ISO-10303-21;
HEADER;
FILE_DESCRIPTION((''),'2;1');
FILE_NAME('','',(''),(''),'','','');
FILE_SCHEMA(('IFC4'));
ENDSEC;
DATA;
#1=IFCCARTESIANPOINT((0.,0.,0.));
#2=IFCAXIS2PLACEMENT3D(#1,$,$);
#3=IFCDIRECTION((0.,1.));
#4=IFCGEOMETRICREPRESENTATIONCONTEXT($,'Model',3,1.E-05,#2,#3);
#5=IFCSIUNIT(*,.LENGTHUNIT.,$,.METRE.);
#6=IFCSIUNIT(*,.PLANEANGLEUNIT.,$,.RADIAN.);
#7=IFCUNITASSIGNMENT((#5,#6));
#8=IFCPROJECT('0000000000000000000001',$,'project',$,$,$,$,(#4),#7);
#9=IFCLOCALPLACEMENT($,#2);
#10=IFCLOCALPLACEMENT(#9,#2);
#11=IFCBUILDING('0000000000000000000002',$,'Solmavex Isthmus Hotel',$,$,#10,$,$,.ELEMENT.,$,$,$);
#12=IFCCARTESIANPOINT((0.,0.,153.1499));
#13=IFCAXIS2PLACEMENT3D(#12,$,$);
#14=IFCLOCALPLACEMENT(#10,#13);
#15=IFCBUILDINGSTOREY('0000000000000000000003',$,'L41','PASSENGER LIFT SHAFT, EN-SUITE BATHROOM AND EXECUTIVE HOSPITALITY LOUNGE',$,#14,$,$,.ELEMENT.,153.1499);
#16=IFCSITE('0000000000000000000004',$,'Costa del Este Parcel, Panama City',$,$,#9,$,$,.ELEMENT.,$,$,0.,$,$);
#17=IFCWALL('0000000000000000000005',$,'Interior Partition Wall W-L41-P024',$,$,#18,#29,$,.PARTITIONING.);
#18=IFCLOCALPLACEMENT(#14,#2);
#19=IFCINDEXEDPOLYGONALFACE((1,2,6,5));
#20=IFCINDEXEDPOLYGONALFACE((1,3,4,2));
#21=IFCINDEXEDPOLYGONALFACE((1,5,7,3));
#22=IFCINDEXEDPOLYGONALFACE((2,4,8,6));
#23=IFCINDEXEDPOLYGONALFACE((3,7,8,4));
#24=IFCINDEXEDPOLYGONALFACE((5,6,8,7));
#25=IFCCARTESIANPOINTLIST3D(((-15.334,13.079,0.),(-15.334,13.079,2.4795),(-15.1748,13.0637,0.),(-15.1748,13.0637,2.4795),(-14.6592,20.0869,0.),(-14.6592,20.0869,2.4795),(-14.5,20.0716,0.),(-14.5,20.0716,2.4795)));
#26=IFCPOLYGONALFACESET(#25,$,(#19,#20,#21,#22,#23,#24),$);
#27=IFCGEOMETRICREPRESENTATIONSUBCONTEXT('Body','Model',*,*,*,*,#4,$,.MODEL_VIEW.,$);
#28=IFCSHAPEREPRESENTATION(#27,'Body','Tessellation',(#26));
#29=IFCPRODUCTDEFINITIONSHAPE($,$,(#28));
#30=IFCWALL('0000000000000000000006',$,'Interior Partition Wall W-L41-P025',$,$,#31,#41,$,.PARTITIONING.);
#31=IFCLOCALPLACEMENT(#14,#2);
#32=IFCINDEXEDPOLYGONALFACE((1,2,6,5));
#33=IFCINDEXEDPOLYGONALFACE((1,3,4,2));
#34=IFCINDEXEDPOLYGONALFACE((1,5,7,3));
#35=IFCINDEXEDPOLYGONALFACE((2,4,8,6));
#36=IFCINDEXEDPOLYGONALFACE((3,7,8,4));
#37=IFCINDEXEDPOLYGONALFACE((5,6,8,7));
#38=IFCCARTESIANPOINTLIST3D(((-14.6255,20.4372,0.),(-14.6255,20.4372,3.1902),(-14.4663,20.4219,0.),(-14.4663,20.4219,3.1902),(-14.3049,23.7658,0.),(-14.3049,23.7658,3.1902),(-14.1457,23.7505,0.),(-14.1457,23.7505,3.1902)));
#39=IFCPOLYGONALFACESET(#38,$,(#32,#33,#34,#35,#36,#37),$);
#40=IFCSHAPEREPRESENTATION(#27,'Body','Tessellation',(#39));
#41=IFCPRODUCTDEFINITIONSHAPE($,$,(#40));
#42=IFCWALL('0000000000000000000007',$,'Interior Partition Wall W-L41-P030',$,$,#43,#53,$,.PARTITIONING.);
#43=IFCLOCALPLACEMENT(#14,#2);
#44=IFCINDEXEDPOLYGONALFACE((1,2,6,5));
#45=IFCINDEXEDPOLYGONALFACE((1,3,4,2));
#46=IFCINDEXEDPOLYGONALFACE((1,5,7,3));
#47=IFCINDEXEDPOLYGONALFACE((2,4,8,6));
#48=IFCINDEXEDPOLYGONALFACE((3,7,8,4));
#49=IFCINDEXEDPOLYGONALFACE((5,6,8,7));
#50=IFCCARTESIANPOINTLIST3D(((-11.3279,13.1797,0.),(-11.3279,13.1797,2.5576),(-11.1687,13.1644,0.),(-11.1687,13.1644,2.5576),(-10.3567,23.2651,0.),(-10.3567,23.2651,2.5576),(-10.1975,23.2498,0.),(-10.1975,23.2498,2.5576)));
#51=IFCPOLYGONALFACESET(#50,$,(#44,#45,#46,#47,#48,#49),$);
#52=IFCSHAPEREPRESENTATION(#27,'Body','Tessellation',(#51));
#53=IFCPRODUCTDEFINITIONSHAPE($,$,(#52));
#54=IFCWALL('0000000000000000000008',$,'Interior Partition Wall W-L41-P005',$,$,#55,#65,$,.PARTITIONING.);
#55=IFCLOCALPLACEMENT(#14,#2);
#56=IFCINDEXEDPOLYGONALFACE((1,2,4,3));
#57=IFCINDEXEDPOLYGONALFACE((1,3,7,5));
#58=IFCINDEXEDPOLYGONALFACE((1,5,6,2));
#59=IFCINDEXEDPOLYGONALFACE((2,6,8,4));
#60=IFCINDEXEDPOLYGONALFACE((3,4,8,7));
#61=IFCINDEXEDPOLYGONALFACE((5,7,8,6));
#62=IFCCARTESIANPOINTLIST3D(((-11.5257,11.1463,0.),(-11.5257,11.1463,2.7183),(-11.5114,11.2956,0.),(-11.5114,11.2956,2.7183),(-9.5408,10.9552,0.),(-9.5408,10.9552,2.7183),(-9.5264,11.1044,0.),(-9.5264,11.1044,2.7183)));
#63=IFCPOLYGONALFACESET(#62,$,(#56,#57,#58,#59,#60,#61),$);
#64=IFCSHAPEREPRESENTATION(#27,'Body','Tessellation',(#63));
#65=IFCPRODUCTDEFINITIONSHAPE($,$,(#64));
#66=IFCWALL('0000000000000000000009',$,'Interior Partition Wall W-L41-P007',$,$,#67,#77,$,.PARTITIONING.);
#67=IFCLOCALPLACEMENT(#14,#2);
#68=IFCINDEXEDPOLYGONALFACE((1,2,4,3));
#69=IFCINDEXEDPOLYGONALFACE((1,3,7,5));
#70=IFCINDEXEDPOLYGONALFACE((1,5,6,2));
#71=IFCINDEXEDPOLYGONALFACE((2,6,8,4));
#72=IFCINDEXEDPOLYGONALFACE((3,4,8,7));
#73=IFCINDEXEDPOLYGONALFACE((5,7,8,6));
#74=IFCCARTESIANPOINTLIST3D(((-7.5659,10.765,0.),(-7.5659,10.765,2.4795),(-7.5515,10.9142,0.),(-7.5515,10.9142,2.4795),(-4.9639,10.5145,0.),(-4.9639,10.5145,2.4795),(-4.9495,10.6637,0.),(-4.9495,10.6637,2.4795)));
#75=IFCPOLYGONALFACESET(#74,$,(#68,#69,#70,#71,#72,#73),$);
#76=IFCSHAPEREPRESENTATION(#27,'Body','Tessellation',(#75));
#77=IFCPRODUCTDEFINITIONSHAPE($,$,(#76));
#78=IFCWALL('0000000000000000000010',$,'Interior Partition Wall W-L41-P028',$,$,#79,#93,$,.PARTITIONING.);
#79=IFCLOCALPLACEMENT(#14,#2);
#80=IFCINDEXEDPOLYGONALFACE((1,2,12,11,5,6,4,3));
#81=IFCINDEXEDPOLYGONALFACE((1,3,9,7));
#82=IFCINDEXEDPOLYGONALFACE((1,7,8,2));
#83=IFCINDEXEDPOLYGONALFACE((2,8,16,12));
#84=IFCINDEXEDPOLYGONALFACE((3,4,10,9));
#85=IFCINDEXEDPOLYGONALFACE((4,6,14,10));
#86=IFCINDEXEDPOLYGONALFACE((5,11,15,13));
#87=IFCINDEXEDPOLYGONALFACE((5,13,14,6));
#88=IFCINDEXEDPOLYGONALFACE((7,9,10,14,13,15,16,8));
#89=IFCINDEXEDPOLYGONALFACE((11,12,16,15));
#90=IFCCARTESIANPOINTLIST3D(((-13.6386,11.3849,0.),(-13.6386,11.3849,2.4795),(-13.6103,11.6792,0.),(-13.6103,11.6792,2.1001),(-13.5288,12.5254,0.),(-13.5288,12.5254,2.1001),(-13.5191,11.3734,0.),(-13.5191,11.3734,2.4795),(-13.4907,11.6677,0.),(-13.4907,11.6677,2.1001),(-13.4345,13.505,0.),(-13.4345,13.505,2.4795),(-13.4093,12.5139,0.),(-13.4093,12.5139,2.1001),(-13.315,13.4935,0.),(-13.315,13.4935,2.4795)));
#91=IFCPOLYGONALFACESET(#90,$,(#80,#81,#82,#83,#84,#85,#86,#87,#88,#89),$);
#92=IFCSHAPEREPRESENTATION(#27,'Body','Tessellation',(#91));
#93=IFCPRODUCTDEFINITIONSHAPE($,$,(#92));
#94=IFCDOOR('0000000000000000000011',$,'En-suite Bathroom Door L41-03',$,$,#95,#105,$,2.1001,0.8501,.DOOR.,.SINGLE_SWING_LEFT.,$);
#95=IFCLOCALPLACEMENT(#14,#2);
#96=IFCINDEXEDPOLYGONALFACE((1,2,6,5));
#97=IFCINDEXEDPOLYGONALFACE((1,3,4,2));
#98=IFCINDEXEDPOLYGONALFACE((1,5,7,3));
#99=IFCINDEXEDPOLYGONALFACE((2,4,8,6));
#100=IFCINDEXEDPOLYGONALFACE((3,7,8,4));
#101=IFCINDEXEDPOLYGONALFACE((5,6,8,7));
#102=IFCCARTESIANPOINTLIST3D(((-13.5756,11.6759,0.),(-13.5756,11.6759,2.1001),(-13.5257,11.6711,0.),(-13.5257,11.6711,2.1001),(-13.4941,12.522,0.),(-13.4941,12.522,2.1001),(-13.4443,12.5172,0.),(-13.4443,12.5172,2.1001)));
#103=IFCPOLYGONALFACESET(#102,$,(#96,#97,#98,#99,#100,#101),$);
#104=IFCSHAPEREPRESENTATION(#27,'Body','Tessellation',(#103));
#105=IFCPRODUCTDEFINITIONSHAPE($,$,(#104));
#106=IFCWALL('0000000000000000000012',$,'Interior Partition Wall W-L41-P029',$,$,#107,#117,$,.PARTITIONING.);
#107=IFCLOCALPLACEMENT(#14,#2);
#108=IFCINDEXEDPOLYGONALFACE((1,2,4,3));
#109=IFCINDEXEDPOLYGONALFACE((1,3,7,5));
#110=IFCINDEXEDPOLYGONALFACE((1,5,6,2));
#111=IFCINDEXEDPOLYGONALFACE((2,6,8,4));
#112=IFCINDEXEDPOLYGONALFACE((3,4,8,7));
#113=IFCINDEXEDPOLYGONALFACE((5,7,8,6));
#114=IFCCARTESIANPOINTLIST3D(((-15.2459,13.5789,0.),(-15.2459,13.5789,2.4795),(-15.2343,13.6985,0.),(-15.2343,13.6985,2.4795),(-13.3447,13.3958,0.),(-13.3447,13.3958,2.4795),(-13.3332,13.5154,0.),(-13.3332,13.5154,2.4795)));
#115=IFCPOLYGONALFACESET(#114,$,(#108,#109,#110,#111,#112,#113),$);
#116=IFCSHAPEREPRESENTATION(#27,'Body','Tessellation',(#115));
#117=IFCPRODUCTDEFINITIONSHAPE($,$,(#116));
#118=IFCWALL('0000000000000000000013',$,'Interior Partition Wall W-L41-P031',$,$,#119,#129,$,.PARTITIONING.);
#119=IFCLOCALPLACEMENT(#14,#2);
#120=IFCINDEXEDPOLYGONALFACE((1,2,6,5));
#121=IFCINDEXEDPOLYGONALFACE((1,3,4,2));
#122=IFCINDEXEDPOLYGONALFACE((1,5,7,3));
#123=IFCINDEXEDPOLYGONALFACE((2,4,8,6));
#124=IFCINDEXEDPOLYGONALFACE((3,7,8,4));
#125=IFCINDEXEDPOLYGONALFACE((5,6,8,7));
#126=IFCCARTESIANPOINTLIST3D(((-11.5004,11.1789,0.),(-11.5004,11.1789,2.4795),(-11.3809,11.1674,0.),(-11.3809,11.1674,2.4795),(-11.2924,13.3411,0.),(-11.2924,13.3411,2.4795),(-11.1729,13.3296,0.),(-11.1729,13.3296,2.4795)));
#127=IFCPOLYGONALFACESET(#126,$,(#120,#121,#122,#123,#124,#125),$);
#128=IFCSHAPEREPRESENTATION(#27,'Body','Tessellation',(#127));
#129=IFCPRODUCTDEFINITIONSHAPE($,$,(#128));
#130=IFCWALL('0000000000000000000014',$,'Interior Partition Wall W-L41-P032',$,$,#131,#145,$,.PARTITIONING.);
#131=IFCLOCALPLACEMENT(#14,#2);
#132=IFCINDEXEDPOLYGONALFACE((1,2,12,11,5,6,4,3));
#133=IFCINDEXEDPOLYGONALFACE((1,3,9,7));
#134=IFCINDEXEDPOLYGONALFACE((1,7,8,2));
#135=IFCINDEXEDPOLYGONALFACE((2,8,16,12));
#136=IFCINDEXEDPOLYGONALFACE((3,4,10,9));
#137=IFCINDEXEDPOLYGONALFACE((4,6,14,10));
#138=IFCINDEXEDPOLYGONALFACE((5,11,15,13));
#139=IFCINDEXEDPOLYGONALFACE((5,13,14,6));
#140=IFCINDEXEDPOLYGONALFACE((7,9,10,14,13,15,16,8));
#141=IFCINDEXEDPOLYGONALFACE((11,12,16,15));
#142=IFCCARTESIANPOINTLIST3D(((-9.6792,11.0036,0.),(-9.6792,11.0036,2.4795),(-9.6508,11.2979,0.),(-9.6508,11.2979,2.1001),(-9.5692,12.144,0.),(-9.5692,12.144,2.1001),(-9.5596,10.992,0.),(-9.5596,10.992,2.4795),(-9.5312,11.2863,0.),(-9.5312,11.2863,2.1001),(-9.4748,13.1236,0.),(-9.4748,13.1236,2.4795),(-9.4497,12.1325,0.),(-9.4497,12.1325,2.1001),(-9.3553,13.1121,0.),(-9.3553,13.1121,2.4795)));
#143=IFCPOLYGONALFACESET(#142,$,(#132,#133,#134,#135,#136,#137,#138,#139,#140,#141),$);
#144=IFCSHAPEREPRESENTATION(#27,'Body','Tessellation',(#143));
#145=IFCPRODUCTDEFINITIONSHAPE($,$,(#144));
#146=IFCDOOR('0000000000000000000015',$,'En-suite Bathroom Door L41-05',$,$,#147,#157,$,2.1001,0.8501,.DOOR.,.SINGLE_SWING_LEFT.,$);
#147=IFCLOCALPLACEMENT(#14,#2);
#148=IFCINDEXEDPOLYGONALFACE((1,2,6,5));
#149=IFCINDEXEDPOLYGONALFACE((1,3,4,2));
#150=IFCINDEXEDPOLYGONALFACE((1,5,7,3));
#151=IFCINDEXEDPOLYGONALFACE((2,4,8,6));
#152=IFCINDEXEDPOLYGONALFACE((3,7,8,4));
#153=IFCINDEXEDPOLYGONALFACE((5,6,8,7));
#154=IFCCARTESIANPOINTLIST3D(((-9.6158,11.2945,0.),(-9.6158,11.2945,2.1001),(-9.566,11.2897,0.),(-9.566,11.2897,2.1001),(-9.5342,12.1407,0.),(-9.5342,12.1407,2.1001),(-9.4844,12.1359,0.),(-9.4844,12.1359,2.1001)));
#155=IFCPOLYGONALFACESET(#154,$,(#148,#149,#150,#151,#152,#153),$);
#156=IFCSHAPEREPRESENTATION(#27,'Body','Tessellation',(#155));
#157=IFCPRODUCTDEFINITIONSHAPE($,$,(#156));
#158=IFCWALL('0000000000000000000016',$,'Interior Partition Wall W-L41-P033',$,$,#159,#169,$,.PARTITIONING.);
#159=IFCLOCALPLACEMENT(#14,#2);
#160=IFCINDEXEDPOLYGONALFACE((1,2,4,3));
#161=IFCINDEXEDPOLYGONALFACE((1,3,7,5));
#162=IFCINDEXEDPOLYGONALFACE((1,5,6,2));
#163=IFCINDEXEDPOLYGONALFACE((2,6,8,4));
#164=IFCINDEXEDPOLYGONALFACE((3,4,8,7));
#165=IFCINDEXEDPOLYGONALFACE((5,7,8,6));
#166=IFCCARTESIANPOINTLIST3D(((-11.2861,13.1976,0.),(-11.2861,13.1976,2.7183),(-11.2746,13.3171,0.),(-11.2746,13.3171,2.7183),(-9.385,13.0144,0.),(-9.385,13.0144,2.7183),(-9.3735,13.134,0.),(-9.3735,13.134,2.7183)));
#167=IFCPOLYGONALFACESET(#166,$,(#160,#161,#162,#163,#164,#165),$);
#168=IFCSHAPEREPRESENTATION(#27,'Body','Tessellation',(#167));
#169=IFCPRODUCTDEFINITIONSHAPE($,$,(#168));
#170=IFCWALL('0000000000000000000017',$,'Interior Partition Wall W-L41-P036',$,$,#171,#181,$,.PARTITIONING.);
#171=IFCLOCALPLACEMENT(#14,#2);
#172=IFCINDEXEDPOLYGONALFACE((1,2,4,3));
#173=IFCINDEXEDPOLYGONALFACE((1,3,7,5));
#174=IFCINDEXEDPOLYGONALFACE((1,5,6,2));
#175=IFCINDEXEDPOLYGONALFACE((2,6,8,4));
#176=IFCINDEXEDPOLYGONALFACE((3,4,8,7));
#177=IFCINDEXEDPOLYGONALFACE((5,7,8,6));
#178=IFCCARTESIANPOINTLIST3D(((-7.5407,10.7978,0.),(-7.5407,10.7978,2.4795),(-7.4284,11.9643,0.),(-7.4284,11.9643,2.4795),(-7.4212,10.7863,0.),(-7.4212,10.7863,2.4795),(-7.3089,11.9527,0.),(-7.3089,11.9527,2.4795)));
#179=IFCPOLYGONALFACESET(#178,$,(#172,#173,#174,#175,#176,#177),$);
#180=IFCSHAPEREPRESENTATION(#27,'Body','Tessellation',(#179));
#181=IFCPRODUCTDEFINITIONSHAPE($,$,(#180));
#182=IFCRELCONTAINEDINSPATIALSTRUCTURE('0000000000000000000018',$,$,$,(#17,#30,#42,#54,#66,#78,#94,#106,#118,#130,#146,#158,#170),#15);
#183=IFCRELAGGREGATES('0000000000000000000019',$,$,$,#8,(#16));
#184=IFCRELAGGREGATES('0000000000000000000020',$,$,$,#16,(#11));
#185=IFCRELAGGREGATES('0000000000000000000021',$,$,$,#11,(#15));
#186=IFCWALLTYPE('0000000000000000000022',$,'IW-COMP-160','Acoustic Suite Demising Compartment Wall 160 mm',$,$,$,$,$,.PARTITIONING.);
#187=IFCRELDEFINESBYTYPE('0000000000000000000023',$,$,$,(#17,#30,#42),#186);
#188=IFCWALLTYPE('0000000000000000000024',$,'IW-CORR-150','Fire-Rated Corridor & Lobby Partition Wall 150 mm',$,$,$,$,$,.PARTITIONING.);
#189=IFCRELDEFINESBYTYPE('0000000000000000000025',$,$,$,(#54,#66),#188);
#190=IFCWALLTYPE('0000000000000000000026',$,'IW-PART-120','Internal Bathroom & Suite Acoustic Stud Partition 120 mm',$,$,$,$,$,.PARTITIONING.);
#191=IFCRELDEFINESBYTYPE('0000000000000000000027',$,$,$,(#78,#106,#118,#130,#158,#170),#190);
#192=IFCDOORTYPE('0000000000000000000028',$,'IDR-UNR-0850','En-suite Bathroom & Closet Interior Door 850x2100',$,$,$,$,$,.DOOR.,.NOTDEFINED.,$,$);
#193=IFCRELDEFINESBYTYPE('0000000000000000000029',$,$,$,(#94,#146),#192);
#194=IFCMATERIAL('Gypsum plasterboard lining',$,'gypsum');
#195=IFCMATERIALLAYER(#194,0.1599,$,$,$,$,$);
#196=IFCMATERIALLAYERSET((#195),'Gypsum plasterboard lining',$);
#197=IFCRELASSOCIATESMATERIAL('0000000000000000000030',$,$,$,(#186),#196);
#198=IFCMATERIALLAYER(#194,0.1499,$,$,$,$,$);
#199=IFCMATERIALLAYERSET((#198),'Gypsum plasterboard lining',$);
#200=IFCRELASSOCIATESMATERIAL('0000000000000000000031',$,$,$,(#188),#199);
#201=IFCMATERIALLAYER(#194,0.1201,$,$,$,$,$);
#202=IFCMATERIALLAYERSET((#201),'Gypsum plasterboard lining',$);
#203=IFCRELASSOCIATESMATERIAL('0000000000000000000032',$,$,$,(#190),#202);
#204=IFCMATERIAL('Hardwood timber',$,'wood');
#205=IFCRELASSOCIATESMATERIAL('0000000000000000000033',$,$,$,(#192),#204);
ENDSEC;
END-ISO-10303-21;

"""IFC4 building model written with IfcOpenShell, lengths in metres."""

from ifc_helpers import new_model, si_unit, direction, frame, frame_2d, origin, place, context, subcontext, project, spatial, rectangle, extrude, material, layer, layer_set, type_object, element, fill, save


model = new_model("IFC4")

# Units and contexts
model_context = context("Model", 3, precision=1e-05, world=origin(), true_north=direction((0.0, 1.0)))
body_context = subcontext(model_context, "Body", "Model", "MODEL_VIEW")
ifc_project = project(units=[si_unit("LENGTHUNIT", "METRE"), si_unit("PLANEANGLEUNIT", "RADIAN")], contexts=[model_context])

# Site, building, storey
site_placement = place(None, origin())
site = spatial("IfcSite", under=ifc_project, at=site_placement, Name="Costa del Este Parcel, Panama City", CompositionType="ELEMENT", RefElevation=0.0)
building_placement = place(site_placement, origin())
building = spatial("IfcBuilding", under=site, at=building_placement, Name="Solmavex Isthmus Hotel", CompositionType="ELEMENT")
storey_placement = place(building_placement, frame((0.0, 0.0, 153.1499)))
storey = spatial("IfcBuildingStorey", under=building, at=storey_placement, Name="L41", Description="PASSENGER LIFT SHAFT, EN-SUITE BATHROOM AND EXECUTIVE HOSPITALITY LOUNGE", CompositionType="ELEMENT", Elevation=153.1499)

# Walls
ifc_material_1 = material(Name="Gypsum plasterboard lining", Category="gypsum")
ifc_layer_1 = layer(ifc_material_1, 0.1599)
ifc_layer_set_1 = layer_set([ifc_layer_1], Name="Gypsum plasterboard lining")
wall_type_1 = type_object("IfcWallType", Name="IW-COMP-160", Description="Acoustic Suite Demising Compartment Wall 160 mm", PredefinedType="PARTITIONING", material=ifc_layer_set_1)
wall_1_placement = place(storey_placement, frame((-14.5796, 20.0791, 0.0), z_axis=(0.0, 0.0, 1.0), x_axis=(-0.09585, -0.995396, 0.0)))
element("IfcWall", 1, at=wall_1_placement, inside=storey, type_object=wall_type_1, Name="Interior Partition Wall W-L41-P024", PredefinedType="PARTITIONING", context=body_context, shape_type="SweptSolid", body=[
    extrude(rectangle(XDim=7.0403, YDim=0.1599, at=frame_2d((3.52, 0.0))), origin(), (0.0, 0.0, 1.0), 2.4795),
])
wall_2_placement = place(storey_placement, frame((-14.2253, 23.7581, 0.0), z_axis=(0.0, 0.0, 1.0), x_axis=(-0.09586, -0.995395, 0.0)))
element("IfcWall", 2, at=wall_2_placement, inside=storey, type_object=wall_type_1, Name="Interior Partition Wall W-L41-P025", PredefinedType="PARTITIONING", context=body_context, shape_type="SweptSolid", body=[
    extrude(rectangle(XDim=3.344, YDim=0.1599, at=frame_2d((1.6719, 0.0))), origin(), (0.0, 0.0, 1.0), 3.1902),
])
wall_3_placement = place(storey_placement, frame((-10.2771, 23.2573, 0.0), z_axis=(0.0, 0.0, 1.0), x_axis=(-0.095853, -0.995396, 0.0)))
element("IfcWall", 3, at=wall_3_placement, inside=storey, type_object=wall_type_1, Name="Interior Partition Wall W-L41-P030", PredefinedType="PARTITIONING", context=body_context, shape_type="SweptSolid", body=[
    extrude(rectangle(XDim=10.1321, YDim=0.1599, at=frame_2d((5.0659, 0.0))), origin(), (0.0, 0.0, 1.0), 2.5576),
])

# Shared definitions
ifc_layer_2 = layer(ifc_material_1, 0.1499)
ifc_layer_set_2 = layer_set([ifc_layer_2], Name="Gypsum plasterboard lining")
wall_type_2 = type_object("IfcWallType", Name="IW-CORR-150", Description="Fire-Rated Corridor & Lobby Partition Wall 150 mm", PredefinedType="PARTITIONING", material=ifc_layer_set_2)
ifc_material_2 = material(Name="Hardwood timber", Category="wood")

# Walls
wall_4_placement = place(storey_placement, frame((-11.5186, 11.2209, 0.0), z_axis=(0.0, 0.0, 1.0), x_axis=(0.995394, -0.095866, 0.0)))
element("IfcWall", 4, at=wall_4_placement, inside=storey, type_object=wall_type_2, Name="Interior Partition Wall W-L41-P005", PredefinedType="PARTITIONING", context=body_context, shape_type="SweptSolid", body=[
    extrude(rectangle(XDim=1.9941, YDim=0.1499, at=frame_2d((0.9971, 0.0))), origin(), (0.0, 0.0, 1.0), 2.7183),
])
wall_5_placement = place(storey_placement, frame((-7.5588, 10.8396, 0.0), z_axis=(0.0, 0.0, 1.0), x_axis=(0.995398, -0.095823, 0.0)))
element("IfcWall", 5, at=wall_5_placement, inside=storey, type_object=wall_type_2, Name="Interior Partition Wall W-L41-P007", PredefinedType="PARTITIONING", context=body_context, shape_type="SweptSolid", body=[
    extrude(rectangle(XDim=2.614, YDim=0.1499, at=frame_2d((1.3071, 0.0))), origin(), (0.0, 0.0, 1.0), 2.4795),
])

# Wall, opening, door
ifc_layer_3 = layer(ifc_material_1, 0.1201)
ifc_layer_set_3 = layer_set([ifc_layer_3], Name="Gypsum plasterboard lining")
wall_type_3 = type_object("IfcWallType", Name="IW-PART-120", Description="Internal Bathroom & Suite Acoustic Stud Partition 120 mm", PredefinedType="PARTITIONING", material=ifc_layer_set_3)
wall_6_placement = place(storey_placement, frame((-13.5789, 11.3792, 0.0), z_axis=(0.0, 0.0, 1.0), x_axis=(0.095826, 0.995398, 0.0)))
wall_6 = element("IfcWall", 6, at=wall_6_placement, inside=storey, type_object=wall_type_3, Name="Interior Partition Wall W-L41-P028", PredefinedType="PARTITIONING", context=body_context, shape_type="SweptSolid", body=[
    extrude(rectangle(XDim=2.1299, YDim=0.1201, at=frame_2d((1.0649, 0.0))), origin(), (0.0, 0.0, 1.0), 2.4795),
])
opening_1_placement = place(wall_6_placement, frame((0.2957, 0.0, 0.0)))
opening_1 = element("IfcOpeningElement", 7, at=opening_1_placement, cuts=wall_6, PredefinedType="OPENING", context=body_context, shape_type="SweptSolid", body=[
    extrude(rectangle(XDim=0.8501, YDim=2.1001, at=frame_2d((0.425, 1.05))), frame((0.0, 0.0701, 0.0), z_axis=(0.0, -1.0, 0.0), x_axis=(1.0, 0.0, 0.0)), (0.0, 0.0, 1.0), 0.1401),
])
door_type_1 = type_object("IfcDoorType", Name="IDR-UNR-0850", Description="En-suite Bathroom & Closet Interior Door 850x2100", OperationType="NOTDEFINED", PredefinedType="DOOR", material=ifc_material_2)
door_1_placement = place(opening_1_placement, frame((0.8501, 0.0, 0.0), z_axis=(0.0, 0.0, 1.0), x_axis=(-1.0, 0.0, 0.0)))
door_1 = element("IfcDoor", 8, at=door_1_placement, inside=storey, type_object=door_type_1, Name="En-suite Bathroom Door L41-03", OperationType="SINGLE_SWING_LEFT", OverallHeight=2.1001, OverallWidth=0.8501, PredefinedType="DOOR", context=body_context, shape_type="SweptSolid", body=[
    extrude(rectangle(XDim=0.8501, YDim=2.1001, at=frame_2d((0.425, 1.05))), frame((0.0, 0.0249, 0.0), z_axis=(0.0, -1.0, 0.0), x_axis=(1.0, 0.0, 0.0)), (0.0, 0.0, 1.0), 0.05),
])
fill(opening_1, door_1)

# Walls
wall_7_placement = place(storey_placement, frame((-13.3389, 13.4556, 0.0), z_axis=(0.0, 0.0, 1.0), x_axis=(-0.995394, 0.095871, 0.0)))
element("IfcWall", 9, at=wall_7_placement, inside=storey, type_object=wall_type_3, Name="Interior Partition Wall W-L41-P029", PredefinedType="PARTITIONING", context=body_context, shape_type="SweptSolid", body=[
    extrude(rectangle(XDim=1.9099, YDim=0.1201, at=frame_2d((0.9551, 0.0))), origin(), (0.0, 0.0, 1.0), 2.4795),
])
wall_8_placement = place(storey_placement, frame((-11.2327, 13.3352, 0.0), z_axis=(0.0, 0.0, 1.0), x_axis=(-0.095764, -0.995404, 0.0)))
element("IfcWall", 10, at=wall_8_placement, inside=storey, type_object=wall_type_3, Name="Interior Partition Wall W-L41-P031", PredefinedType="PARTITIONING", context=body_context, shape_type="SweptSolid", body=[
    extrude(rectangle(XDim=2.1721, YDim=0.1201, at=frame_2d((1.0859, 0.0))), origin(), (0.0, 0.0, 1.0), 2.4795),
])

# Wall, opening, door
wall_9_placement = place(storey_placement, frame((-9.6194, 10.9978, 0.0), z_axis=(0.0, 0.0, 1.0), x_axis=(0.09594, 0.995387, 0.0)))
wall_9 = element("IfcWall", 11, at=wall_9_placement, inside=storey, type_object=wall_type_3, Name="Interior Partition Wall W-L41-P032", PredefinedType="PARTITIONING", context=body_context, shape_type="SweptSolid", body=[
    extrude(rectangle(XDim=2.1299, YDim=0.1201, at=frame_2d((1.0649, 0.0))), origin(), (0.0, 0.0, 1.0), 2.4795),
])
opening_2_placement = place(wall_9_placement, frame((0.2957, 0.0, 0.0)))
opening_2 = element("IfcOpeningElement", 12, at=opening_2_placement, cuts=wall_9, PredefinedType="OPENING", context=body_context, shape_type="SweptSolid", body=[
    extrude(rectangle(XDim=0.8501, YDim=2.1001, at=frame_2d((0.425, 1.05))), frame((0.0, 0.0701, 0.0), z_axis=(0.0, -1.0, 0.0), x_axis=(1.0, 0.0, 0.0)), (0.0, 0.0, 1.0), 0.1401),
])
door_2_placement = place(opening_2_placement, origin())
door_2 = element("IfcDoor", 13, at=door_2_placement, inside=storey, type_object=door_type_1, Name="En-suite Bathroom Door L41-05", OperationType="SINGLE_SWING_LEFT", OverallHeight=2.1001, OverallWidth=0.8501, PredefinedType="DOOR", context=body_context, shape_type="SweptSolid", body=[
    extrude(rectangle(XDim=0.8501, YDim=2.1001, at=frame_2d((0.425, 1.05))), frame((0.0, 0.0249, 0.0), z_axis=(0.0, -1.0, 0.0), x_axis=(1.0, 0.0, 0.0)), (0.0, 0.0, 1.0), 0.05),
])
fill(opening_2, door_2)

# Walls
wall_10_placement = place(storey_placement, frame((-9.3792, 13.0742, 0.0), z_axis=(0.0, 0.0, 1.0), x_axis=(-0.995394, 0.095871, 0.0)))
element("IfcWall", 14, at=wall_10_placement, inside=storey, type_object=wall_type_3, Name="Interior Partition Wall W-L41-P033", PredefinedType="PARTITIONING", context=body_context, shape_type="SweptSolid", body=[
    extrude(rectangle(XDim=1.9099, YDim=0.1201, at=frame_2d((0.9551, 0.0))), origin(), (0.0, 0.0, 1.0), 2.7183),
])
wall_11_placement = place(storey_placement, frame((-7.3687, 11.9585, 0.0), z_axis=(0.0, 0.0, 1.0), x_axis=(-0.095831, -0.995398, 0.0)))
element("IfcWall", 15, at=wall_11_placement, inside=storey, type_object=wall_type_3, Name="Interior Partition Wall W-L41-P036", PredefinedType="PARTITIONING", context=body_context, shape_type="SweptSolid", body=[
    extrude(rectangle(XDim=1.1719, YDim=0.1201, at=frame_2d((0.5859, 0.0))), origin(), (0.0, 0.0, 1.0), 2.4795),
])

save(model, "model.ifc")
